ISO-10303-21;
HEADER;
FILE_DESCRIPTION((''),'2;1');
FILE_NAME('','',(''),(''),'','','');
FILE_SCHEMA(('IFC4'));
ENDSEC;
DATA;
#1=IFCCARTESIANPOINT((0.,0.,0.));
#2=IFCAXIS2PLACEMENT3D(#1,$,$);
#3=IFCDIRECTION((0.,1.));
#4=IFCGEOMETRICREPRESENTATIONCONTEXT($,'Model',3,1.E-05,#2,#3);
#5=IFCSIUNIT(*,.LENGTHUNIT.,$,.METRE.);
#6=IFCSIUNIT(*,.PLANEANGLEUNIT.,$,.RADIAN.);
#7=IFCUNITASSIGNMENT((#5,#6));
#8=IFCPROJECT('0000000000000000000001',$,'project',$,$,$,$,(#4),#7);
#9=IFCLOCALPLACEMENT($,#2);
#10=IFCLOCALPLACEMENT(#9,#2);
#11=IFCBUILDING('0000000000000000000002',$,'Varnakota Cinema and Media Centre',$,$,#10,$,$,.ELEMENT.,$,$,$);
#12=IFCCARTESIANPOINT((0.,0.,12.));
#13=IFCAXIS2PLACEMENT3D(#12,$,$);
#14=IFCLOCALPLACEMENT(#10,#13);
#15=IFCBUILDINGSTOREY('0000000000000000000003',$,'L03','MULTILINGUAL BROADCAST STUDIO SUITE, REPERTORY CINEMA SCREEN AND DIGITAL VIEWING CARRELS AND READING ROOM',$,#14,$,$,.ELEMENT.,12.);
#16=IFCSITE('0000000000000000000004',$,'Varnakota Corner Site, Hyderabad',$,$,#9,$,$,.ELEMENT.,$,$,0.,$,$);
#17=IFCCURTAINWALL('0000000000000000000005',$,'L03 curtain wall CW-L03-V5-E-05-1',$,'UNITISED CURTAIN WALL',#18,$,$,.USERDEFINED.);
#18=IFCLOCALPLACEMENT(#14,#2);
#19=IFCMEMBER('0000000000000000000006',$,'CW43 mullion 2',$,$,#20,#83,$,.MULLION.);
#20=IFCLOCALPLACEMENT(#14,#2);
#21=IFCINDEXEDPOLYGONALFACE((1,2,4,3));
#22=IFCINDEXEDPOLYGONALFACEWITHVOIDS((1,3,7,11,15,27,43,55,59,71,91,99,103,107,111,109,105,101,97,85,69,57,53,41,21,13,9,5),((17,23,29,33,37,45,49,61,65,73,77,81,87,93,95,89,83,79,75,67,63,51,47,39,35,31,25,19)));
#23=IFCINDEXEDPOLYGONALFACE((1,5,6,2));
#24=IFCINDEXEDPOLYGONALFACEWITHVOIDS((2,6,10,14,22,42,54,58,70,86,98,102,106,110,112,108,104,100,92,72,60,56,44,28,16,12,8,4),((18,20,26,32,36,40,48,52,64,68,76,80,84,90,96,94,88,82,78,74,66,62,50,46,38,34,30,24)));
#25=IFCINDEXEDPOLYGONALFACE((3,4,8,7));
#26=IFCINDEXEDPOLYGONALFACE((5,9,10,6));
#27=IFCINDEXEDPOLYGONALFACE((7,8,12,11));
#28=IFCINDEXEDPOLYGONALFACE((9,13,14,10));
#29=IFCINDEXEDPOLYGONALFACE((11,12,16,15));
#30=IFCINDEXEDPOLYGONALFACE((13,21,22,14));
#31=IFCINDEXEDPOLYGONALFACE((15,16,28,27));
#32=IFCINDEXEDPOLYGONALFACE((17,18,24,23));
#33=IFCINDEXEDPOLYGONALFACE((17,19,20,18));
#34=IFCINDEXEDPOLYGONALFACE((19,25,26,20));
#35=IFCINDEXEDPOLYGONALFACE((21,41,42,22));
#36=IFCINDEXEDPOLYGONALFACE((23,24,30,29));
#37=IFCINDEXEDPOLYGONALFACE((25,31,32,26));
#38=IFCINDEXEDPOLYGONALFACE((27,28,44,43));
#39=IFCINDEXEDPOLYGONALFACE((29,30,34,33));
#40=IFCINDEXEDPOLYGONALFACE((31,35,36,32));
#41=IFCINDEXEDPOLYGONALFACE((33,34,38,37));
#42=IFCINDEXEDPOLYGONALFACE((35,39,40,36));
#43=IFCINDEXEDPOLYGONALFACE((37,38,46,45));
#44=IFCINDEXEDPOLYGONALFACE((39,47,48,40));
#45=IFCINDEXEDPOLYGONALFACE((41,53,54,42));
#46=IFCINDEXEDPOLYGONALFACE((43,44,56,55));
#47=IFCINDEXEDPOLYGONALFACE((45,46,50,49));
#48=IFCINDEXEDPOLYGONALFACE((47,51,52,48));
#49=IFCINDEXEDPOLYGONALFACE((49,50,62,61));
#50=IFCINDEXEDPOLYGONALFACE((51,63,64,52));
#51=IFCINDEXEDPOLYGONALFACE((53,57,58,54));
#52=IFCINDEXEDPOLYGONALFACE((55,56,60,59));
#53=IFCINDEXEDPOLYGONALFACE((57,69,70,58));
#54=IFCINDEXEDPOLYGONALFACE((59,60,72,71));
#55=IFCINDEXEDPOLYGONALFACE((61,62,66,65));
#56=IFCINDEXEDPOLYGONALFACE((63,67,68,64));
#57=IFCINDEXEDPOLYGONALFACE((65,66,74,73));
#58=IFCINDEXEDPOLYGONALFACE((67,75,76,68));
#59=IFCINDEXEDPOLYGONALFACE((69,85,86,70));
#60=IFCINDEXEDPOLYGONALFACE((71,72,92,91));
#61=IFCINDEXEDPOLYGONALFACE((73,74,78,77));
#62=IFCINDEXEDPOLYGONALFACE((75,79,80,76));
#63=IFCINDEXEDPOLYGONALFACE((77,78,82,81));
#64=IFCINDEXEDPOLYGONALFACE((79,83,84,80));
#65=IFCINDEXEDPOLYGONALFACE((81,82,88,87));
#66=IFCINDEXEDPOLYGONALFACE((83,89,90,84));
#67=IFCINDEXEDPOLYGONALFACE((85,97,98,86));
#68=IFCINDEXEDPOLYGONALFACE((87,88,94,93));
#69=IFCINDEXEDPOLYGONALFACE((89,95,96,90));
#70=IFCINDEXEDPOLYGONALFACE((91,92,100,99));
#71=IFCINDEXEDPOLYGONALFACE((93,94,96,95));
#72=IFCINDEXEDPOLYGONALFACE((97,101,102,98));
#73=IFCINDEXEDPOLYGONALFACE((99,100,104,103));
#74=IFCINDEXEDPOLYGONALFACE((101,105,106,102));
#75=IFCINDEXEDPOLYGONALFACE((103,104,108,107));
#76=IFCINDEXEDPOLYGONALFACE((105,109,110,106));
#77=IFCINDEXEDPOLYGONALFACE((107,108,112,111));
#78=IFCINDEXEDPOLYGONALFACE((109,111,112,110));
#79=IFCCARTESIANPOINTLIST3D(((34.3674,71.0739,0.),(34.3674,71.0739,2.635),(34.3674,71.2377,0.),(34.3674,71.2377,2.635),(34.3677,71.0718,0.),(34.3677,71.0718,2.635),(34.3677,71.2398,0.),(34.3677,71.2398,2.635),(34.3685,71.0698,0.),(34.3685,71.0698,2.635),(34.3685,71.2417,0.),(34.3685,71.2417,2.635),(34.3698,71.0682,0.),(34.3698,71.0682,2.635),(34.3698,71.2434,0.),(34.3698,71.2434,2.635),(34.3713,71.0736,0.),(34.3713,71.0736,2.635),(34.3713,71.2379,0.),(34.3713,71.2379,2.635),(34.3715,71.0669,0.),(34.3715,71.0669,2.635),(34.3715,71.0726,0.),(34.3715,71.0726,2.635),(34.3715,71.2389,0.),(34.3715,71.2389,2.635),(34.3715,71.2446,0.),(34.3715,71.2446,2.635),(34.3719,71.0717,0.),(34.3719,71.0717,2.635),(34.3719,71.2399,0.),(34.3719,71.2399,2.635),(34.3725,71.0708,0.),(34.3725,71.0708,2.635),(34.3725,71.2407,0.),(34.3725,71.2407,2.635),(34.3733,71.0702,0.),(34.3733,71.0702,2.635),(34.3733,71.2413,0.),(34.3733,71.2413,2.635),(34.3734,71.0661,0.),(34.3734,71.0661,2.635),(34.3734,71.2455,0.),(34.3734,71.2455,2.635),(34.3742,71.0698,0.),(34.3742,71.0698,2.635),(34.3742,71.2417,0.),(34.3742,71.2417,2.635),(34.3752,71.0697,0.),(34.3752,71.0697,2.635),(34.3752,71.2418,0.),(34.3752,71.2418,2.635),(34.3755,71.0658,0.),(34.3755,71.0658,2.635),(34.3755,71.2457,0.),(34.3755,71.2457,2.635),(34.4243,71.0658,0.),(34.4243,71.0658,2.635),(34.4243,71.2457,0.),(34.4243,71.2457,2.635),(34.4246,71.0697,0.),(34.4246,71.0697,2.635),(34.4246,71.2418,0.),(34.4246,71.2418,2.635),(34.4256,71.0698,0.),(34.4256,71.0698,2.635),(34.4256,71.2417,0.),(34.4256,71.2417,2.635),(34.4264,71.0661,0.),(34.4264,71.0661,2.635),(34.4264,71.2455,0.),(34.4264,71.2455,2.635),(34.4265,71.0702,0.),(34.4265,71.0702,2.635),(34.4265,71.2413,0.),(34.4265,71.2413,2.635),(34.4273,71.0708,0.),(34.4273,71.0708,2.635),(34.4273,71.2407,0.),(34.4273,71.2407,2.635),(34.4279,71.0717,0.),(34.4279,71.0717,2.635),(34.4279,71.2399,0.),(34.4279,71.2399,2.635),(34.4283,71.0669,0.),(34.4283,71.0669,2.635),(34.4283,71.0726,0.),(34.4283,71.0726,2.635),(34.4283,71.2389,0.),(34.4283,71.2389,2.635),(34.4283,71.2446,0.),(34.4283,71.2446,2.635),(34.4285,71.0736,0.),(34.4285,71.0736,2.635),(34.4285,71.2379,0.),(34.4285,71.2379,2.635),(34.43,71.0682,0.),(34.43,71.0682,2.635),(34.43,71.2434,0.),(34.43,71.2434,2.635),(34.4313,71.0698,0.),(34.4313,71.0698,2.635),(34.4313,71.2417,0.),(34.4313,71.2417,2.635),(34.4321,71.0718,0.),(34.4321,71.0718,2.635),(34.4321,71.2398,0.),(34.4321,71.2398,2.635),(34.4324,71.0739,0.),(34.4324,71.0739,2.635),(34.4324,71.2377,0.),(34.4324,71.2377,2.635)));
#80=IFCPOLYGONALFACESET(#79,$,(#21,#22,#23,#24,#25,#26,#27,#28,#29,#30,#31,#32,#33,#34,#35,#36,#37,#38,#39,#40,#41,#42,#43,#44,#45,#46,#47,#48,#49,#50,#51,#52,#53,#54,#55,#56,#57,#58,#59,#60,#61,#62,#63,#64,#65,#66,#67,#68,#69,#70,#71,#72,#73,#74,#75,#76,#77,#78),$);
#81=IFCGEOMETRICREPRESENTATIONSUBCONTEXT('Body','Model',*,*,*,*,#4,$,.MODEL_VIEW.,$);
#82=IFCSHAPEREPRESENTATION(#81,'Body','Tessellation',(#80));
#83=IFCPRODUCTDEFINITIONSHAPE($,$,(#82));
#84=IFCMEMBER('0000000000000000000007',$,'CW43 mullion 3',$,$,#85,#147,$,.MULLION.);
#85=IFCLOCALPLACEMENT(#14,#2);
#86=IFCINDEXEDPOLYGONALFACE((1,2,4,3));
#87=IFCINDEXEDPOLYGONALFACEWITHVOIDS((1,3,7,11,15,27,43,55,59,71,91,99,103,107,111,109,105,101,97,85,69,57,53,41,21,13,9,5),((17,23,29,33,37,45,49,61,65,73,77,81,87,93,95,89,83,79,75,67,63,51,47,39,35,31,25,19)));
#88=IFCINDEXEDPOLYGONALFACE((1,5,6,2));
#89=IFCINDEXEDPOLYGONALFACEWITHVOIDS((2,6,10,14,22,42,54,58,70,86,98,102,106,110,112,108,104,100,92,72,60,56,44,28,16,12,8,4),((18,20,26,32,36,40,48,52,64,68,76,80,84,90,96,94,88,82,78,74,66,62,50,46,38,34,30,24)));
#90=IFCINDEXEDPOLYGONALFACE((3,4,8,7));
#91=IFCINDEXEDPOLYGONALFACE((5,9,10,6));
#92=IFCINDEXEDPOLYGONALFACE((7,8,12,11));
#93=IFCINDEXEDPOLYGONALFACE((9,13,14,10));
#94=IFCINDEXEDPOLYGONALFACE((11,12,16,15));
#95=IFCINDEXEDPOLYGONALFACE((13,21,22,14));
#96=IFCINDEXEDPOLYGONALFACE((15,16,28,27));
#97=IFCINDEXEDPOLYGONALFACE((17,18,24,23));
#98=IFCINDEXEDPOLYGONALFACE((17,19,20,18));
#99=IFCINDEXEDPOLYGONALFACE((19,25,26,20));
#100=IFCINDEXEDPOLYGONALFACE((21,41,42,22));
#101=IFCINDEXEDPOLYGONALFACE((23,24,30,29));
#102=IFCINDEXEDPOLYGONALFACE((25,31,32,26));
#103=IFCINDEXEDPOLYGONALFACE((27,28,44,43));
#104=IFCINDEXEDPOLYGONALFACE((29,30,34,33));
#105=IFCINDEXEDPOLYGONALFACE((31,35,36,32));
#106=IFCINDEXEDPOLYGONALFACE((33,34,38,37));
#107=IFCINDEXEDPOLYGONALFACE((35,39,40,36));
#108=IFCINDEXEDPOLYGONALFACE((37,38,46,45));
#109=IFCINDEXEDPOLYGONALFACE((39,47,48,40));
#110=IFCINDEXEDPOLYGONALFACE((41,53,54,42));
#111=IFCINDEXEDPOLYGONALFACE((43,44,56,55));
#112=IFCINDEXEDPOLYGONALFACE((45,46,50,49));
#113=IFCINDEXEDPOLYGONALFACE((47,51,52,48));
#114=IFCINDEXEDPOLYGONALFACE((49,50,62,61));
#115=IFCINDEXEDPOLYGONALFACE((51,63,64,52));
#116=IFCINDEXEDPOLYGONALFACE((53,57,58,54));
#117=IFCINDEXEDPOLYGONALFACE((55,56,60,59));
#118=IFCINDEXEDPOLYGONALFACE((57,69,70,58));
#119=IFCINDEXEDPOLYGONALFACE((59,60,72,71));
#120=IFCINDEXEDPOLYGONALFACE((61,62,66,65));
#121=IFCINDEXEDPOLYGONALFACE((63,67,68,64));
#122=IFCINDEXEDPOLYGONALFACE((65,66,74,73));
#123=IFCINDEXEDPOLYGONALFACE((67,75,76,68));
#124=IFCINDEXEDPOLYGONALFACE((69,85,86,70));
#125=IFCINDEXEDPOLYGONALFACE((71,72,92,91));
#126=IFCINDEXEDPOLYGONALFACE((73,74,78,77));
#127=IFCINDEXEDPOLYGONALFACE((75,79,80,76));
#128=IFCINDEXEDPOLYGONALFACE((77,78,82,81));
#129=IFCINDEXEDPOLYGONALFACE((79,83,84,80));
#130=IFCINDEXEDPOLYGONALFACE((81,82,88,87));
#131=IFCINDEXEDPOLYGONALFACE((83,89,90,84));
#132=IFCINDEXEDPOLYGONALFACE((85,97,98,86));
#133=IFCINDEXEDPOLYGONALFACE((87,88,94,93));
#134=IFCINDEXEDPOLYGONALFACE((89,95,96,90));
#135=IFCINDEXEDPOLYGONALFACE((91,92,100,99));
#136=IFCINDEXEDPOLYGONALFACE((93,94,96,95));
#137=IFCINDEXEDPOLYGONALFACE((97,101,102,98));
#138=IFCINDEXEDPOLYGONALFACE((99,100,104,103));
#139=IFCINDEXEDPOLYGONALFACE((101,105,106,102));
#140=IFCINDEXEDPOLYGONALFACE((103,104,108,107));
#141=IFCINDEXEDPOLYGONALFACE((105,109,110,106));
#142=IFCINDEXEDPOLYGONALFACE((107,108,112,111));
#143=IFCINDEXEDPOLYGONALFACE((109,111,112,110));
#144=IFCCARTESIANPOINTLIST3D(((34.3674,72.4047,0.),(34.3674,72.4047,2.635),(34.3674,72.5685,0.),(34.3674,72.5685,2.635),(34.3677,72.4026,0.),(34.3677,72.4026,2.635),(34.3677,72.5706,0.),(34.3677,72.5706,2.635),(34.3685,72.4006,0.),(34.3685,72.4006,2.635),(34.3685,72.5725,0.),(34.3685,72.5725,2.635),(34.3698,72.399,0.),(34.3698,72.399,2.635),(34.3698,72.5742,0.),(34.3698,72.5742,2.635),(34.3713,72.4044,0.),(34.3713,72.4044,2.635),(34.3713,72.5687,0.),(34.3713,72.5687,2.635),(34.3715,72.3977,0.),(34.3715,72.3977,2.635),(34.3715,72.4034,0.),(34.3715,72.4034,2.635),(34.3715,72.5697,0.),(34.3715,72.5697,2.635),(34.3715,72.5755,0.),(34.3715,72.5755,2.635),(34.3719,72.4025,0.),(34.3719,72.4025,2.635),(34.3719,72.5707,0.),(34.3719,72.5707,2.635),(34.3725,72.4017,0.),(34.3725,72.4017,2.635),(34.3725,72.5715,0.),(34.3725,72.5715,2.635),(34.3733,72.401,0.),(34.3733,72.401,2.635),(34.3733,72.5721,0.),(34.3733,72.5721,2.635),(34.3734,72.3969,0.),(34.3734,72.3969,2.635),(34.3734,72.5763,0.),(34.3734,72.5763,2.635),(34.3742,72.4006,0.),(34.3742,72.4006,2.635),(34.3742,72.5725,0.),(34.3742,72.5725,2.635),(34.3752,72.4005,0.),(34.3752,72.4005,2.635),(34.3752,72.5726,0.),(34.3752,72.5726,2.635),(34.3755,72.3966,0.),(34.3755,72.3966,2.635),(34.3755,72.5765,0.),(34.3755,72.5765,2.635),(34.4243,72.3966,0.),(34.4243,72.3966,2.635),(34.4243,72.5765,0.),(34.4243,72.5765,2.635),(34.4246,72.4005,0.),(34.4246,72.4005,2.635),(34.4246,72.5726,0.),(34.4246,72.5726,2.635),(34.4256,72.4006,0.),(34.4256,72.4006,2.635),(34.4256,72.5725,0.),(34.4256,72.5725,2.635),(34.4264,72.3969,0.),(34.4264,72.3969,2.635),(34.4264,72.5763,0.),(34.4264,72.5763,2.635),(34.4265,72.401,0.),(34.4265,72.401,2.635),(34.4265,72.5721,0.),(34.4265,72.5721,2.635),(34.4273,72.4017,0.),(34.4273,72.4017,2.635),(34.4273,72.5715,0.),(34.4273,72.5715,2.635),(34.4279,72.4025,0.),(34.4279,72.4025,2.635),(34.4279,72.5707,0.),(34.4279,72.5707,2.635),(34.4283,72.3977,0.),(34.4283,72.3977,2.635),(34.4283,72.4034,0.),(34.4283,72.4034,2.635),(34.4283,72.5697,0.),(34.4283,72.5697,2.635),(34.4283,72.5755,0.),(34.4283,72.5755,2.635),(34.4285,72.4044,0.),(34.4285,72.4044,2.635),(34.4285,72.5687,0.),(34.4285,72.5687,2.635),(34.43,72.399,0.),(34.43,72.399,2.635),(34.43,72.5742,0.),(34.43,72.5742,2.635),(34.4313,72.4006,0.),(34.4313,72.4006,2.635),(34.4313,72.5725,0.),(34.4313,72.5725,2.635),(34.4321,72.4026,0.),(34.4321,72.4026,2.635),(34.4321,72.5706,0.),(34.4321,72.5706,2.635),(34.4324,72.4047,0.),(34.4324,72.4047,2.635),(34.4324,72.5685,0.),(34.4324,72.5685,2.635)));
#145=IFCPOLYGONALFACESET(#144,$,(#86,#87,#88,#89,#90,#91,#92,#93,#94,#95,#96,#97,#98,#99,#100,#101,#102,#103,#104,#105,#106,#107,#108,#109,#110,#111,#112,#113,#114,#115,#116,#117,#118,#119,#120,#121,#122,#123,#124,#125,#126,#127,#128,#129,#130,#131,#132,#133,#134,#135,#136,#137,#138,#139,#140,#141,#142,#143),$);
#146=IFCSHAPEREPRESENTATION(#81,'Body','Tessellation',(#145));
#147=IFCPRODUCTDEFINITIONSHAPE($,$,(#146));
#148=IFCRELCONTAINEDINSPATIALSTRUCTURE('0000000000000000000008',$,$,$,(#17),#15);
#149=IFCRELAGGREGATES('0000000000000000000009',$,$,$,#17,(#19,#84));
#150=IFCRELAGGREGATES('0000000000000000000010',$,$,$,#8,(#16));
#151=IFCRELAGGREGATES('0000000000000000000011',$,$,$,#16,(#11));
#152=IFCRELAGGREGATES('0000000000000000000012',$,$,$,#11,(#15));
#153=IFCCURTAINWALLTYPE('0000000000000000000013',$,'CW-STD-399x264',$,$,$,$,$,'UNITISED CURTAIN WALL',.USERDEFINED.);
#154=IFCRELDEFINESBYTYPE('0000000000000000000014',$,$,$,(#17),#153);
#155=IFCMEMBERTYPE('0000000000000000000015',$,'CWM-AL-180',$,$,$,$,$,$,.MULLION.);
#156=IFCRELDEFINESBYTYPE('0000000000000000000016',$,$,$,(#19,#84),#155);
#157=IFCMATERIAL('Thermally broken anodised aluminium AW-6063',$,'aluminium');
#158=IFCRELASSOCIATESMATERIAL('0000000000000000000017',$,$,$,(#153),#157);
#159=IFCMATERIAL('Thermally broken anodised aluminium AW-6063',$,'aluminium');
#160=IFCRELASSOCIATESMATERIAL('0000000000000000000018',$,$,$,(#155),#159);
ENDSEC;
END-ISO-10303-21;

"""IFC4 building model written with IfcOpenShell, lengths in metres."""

from ifc_helpers import new_model, si_unit, direction, frame, origin, origin_2d, place, context, subcontext, project, spatial, hollow_rectangle, extrude, material, material_profile, profile_set, type_object, element, aggregate, save


model = new_model("IFC4")

# Units and contexts
model_context = context("Model", 3, precision=1e-05, world=origin(), true_north=direction((0.0, 1.0)))
body_context = subcontext(model_context, "Body", "Model", "MODEL_VIEW")
ifc_project = project(units=[si_unit("LENGTHUNIT", "METRE"), si_unit("PLANEANGLEUNIT", "RADIAN")], contexts=[model_context])

# Site, building, storey
site_placement = place(None, origin())
site = spatial("IfcSite", under=ifc_project, at=site_placement, Name="Varnakota Corner Site, Hyderabad", CompositionType="ELEMENT", RefElevation=0.0)
building_placement = place(site_placement, origin())
building = spatial("IfcBuilding", under=site, at=building_placement, Name="Varnakota Cinema and Media Centre", CompositionType="ELEMENT")
storey_placement = place(building_placement, frame((0.0, 0.0, 12.0)))
storey = spatial("IfcBuildingStorey", under=building, at=storey_placement, Name="L03", Description="MULTILINGUAL BROADCAST STUDIO SUITE, REPERTORY CINEMA SCREEN AND DIGITAL VIEWING CARRELS AND READING ROOM", CompositionType="ELEMENT", Elevation=12.0)

# Curtain wall, members
ifc_material_1 = material(Name="Thermally broken anodised aluminium AW-6063", Category="aluminium")
curtain_wall_type_1 = type_object("IfcCurtainWallType", Name="CW-STD-399x264", ElementType="UNITISED CURTAIN WALL", PredefinedType="USERDEFINED", material=ifc_material_1)
curtain_wall_1_placement = place(storey_placement, origin())
curtain_wall_1 = element("IfcCurtainWall", 1, at=curtain_wall_1_placement, inside=storey, type_object=curtain_wall_type_1, Name="L03 curtain wall CW-L03-V5-E-05-1", ObjectType="UNITISED CURTAIN WALL", PredefinedType="USERDEFINED")
ifc_material_2 = material(Name="Thermally broken anodised aluminium AW-6063", Category="aluminium")
ifc_material_profile_1 = material_profile(ifc_material_2, hollow_rectangle(XDim=0.0649, YDim=0.1799, WallThickness=0.0039, InnerFilletRadius=0.0039, OuterFilletRadius=0.0081, at=origin_2d()), Name="AL-MULLION 180x65x4")
ifc_profile_set_1 = profile_set([ifc_material_profile_1], Name="Thermally broken anodised aluminium AW-6063")
member_type_1 = type_object("IfcMemberType", Name="CWM-AL-180", PredefinedType="MULLION", material=ifc_profile_set_1)
member_1_placement = place(storey_placement, frame((34.3999, 71.1558, 0.0), z_axis=(0.0, 0.0, 1.0), x_axis=(-1.0, 0.0, 0.0)))
member_1 = element("IfcMember", 2, at=member_1_placement, type_object=member_type_1, Name="CW43 mullion 2", PredefinedType="MULLION", context=body_context, shape_type="SweptSolid", body=[
    extrude(hollow_rectangle(XDim=0.0649, YDim=0.1799, WallThickness=0.0039, InnerFilletRadius=0.0039, OuterFilletRadius=0.0081, at=origin_2d()), origin(), (0.0, 0.0, 1.0), 2.635),
])
member_2_placement = place(storey_placement, frame((34.3999, 72.4866, 0.0), z_axis=(0.0, 0.0, 1.0), x_axis=(-1.0, 0.0, 0.0)))
member_2 = element("IfcMember", 3, at=member_2_placement, type_object=member_type_1, Name="CW43 mullion 3", PredefinedType="MULLION", context=body_context, shape_type="SweptSolid", body=[
    extrude(hollow_rectangle(XDim=0.0649, YDim=0.1799, WallThickness=0.0039, InnerFilletRadius=0.0039, OuterFilletRadius=0.0081, at=origin_2d()), origin(), (0.0, 0.0, 1.0), 2.635),
])

aggregate(curtain_wall_1, [member_1, member_2])

save(model, "model.ifc")
